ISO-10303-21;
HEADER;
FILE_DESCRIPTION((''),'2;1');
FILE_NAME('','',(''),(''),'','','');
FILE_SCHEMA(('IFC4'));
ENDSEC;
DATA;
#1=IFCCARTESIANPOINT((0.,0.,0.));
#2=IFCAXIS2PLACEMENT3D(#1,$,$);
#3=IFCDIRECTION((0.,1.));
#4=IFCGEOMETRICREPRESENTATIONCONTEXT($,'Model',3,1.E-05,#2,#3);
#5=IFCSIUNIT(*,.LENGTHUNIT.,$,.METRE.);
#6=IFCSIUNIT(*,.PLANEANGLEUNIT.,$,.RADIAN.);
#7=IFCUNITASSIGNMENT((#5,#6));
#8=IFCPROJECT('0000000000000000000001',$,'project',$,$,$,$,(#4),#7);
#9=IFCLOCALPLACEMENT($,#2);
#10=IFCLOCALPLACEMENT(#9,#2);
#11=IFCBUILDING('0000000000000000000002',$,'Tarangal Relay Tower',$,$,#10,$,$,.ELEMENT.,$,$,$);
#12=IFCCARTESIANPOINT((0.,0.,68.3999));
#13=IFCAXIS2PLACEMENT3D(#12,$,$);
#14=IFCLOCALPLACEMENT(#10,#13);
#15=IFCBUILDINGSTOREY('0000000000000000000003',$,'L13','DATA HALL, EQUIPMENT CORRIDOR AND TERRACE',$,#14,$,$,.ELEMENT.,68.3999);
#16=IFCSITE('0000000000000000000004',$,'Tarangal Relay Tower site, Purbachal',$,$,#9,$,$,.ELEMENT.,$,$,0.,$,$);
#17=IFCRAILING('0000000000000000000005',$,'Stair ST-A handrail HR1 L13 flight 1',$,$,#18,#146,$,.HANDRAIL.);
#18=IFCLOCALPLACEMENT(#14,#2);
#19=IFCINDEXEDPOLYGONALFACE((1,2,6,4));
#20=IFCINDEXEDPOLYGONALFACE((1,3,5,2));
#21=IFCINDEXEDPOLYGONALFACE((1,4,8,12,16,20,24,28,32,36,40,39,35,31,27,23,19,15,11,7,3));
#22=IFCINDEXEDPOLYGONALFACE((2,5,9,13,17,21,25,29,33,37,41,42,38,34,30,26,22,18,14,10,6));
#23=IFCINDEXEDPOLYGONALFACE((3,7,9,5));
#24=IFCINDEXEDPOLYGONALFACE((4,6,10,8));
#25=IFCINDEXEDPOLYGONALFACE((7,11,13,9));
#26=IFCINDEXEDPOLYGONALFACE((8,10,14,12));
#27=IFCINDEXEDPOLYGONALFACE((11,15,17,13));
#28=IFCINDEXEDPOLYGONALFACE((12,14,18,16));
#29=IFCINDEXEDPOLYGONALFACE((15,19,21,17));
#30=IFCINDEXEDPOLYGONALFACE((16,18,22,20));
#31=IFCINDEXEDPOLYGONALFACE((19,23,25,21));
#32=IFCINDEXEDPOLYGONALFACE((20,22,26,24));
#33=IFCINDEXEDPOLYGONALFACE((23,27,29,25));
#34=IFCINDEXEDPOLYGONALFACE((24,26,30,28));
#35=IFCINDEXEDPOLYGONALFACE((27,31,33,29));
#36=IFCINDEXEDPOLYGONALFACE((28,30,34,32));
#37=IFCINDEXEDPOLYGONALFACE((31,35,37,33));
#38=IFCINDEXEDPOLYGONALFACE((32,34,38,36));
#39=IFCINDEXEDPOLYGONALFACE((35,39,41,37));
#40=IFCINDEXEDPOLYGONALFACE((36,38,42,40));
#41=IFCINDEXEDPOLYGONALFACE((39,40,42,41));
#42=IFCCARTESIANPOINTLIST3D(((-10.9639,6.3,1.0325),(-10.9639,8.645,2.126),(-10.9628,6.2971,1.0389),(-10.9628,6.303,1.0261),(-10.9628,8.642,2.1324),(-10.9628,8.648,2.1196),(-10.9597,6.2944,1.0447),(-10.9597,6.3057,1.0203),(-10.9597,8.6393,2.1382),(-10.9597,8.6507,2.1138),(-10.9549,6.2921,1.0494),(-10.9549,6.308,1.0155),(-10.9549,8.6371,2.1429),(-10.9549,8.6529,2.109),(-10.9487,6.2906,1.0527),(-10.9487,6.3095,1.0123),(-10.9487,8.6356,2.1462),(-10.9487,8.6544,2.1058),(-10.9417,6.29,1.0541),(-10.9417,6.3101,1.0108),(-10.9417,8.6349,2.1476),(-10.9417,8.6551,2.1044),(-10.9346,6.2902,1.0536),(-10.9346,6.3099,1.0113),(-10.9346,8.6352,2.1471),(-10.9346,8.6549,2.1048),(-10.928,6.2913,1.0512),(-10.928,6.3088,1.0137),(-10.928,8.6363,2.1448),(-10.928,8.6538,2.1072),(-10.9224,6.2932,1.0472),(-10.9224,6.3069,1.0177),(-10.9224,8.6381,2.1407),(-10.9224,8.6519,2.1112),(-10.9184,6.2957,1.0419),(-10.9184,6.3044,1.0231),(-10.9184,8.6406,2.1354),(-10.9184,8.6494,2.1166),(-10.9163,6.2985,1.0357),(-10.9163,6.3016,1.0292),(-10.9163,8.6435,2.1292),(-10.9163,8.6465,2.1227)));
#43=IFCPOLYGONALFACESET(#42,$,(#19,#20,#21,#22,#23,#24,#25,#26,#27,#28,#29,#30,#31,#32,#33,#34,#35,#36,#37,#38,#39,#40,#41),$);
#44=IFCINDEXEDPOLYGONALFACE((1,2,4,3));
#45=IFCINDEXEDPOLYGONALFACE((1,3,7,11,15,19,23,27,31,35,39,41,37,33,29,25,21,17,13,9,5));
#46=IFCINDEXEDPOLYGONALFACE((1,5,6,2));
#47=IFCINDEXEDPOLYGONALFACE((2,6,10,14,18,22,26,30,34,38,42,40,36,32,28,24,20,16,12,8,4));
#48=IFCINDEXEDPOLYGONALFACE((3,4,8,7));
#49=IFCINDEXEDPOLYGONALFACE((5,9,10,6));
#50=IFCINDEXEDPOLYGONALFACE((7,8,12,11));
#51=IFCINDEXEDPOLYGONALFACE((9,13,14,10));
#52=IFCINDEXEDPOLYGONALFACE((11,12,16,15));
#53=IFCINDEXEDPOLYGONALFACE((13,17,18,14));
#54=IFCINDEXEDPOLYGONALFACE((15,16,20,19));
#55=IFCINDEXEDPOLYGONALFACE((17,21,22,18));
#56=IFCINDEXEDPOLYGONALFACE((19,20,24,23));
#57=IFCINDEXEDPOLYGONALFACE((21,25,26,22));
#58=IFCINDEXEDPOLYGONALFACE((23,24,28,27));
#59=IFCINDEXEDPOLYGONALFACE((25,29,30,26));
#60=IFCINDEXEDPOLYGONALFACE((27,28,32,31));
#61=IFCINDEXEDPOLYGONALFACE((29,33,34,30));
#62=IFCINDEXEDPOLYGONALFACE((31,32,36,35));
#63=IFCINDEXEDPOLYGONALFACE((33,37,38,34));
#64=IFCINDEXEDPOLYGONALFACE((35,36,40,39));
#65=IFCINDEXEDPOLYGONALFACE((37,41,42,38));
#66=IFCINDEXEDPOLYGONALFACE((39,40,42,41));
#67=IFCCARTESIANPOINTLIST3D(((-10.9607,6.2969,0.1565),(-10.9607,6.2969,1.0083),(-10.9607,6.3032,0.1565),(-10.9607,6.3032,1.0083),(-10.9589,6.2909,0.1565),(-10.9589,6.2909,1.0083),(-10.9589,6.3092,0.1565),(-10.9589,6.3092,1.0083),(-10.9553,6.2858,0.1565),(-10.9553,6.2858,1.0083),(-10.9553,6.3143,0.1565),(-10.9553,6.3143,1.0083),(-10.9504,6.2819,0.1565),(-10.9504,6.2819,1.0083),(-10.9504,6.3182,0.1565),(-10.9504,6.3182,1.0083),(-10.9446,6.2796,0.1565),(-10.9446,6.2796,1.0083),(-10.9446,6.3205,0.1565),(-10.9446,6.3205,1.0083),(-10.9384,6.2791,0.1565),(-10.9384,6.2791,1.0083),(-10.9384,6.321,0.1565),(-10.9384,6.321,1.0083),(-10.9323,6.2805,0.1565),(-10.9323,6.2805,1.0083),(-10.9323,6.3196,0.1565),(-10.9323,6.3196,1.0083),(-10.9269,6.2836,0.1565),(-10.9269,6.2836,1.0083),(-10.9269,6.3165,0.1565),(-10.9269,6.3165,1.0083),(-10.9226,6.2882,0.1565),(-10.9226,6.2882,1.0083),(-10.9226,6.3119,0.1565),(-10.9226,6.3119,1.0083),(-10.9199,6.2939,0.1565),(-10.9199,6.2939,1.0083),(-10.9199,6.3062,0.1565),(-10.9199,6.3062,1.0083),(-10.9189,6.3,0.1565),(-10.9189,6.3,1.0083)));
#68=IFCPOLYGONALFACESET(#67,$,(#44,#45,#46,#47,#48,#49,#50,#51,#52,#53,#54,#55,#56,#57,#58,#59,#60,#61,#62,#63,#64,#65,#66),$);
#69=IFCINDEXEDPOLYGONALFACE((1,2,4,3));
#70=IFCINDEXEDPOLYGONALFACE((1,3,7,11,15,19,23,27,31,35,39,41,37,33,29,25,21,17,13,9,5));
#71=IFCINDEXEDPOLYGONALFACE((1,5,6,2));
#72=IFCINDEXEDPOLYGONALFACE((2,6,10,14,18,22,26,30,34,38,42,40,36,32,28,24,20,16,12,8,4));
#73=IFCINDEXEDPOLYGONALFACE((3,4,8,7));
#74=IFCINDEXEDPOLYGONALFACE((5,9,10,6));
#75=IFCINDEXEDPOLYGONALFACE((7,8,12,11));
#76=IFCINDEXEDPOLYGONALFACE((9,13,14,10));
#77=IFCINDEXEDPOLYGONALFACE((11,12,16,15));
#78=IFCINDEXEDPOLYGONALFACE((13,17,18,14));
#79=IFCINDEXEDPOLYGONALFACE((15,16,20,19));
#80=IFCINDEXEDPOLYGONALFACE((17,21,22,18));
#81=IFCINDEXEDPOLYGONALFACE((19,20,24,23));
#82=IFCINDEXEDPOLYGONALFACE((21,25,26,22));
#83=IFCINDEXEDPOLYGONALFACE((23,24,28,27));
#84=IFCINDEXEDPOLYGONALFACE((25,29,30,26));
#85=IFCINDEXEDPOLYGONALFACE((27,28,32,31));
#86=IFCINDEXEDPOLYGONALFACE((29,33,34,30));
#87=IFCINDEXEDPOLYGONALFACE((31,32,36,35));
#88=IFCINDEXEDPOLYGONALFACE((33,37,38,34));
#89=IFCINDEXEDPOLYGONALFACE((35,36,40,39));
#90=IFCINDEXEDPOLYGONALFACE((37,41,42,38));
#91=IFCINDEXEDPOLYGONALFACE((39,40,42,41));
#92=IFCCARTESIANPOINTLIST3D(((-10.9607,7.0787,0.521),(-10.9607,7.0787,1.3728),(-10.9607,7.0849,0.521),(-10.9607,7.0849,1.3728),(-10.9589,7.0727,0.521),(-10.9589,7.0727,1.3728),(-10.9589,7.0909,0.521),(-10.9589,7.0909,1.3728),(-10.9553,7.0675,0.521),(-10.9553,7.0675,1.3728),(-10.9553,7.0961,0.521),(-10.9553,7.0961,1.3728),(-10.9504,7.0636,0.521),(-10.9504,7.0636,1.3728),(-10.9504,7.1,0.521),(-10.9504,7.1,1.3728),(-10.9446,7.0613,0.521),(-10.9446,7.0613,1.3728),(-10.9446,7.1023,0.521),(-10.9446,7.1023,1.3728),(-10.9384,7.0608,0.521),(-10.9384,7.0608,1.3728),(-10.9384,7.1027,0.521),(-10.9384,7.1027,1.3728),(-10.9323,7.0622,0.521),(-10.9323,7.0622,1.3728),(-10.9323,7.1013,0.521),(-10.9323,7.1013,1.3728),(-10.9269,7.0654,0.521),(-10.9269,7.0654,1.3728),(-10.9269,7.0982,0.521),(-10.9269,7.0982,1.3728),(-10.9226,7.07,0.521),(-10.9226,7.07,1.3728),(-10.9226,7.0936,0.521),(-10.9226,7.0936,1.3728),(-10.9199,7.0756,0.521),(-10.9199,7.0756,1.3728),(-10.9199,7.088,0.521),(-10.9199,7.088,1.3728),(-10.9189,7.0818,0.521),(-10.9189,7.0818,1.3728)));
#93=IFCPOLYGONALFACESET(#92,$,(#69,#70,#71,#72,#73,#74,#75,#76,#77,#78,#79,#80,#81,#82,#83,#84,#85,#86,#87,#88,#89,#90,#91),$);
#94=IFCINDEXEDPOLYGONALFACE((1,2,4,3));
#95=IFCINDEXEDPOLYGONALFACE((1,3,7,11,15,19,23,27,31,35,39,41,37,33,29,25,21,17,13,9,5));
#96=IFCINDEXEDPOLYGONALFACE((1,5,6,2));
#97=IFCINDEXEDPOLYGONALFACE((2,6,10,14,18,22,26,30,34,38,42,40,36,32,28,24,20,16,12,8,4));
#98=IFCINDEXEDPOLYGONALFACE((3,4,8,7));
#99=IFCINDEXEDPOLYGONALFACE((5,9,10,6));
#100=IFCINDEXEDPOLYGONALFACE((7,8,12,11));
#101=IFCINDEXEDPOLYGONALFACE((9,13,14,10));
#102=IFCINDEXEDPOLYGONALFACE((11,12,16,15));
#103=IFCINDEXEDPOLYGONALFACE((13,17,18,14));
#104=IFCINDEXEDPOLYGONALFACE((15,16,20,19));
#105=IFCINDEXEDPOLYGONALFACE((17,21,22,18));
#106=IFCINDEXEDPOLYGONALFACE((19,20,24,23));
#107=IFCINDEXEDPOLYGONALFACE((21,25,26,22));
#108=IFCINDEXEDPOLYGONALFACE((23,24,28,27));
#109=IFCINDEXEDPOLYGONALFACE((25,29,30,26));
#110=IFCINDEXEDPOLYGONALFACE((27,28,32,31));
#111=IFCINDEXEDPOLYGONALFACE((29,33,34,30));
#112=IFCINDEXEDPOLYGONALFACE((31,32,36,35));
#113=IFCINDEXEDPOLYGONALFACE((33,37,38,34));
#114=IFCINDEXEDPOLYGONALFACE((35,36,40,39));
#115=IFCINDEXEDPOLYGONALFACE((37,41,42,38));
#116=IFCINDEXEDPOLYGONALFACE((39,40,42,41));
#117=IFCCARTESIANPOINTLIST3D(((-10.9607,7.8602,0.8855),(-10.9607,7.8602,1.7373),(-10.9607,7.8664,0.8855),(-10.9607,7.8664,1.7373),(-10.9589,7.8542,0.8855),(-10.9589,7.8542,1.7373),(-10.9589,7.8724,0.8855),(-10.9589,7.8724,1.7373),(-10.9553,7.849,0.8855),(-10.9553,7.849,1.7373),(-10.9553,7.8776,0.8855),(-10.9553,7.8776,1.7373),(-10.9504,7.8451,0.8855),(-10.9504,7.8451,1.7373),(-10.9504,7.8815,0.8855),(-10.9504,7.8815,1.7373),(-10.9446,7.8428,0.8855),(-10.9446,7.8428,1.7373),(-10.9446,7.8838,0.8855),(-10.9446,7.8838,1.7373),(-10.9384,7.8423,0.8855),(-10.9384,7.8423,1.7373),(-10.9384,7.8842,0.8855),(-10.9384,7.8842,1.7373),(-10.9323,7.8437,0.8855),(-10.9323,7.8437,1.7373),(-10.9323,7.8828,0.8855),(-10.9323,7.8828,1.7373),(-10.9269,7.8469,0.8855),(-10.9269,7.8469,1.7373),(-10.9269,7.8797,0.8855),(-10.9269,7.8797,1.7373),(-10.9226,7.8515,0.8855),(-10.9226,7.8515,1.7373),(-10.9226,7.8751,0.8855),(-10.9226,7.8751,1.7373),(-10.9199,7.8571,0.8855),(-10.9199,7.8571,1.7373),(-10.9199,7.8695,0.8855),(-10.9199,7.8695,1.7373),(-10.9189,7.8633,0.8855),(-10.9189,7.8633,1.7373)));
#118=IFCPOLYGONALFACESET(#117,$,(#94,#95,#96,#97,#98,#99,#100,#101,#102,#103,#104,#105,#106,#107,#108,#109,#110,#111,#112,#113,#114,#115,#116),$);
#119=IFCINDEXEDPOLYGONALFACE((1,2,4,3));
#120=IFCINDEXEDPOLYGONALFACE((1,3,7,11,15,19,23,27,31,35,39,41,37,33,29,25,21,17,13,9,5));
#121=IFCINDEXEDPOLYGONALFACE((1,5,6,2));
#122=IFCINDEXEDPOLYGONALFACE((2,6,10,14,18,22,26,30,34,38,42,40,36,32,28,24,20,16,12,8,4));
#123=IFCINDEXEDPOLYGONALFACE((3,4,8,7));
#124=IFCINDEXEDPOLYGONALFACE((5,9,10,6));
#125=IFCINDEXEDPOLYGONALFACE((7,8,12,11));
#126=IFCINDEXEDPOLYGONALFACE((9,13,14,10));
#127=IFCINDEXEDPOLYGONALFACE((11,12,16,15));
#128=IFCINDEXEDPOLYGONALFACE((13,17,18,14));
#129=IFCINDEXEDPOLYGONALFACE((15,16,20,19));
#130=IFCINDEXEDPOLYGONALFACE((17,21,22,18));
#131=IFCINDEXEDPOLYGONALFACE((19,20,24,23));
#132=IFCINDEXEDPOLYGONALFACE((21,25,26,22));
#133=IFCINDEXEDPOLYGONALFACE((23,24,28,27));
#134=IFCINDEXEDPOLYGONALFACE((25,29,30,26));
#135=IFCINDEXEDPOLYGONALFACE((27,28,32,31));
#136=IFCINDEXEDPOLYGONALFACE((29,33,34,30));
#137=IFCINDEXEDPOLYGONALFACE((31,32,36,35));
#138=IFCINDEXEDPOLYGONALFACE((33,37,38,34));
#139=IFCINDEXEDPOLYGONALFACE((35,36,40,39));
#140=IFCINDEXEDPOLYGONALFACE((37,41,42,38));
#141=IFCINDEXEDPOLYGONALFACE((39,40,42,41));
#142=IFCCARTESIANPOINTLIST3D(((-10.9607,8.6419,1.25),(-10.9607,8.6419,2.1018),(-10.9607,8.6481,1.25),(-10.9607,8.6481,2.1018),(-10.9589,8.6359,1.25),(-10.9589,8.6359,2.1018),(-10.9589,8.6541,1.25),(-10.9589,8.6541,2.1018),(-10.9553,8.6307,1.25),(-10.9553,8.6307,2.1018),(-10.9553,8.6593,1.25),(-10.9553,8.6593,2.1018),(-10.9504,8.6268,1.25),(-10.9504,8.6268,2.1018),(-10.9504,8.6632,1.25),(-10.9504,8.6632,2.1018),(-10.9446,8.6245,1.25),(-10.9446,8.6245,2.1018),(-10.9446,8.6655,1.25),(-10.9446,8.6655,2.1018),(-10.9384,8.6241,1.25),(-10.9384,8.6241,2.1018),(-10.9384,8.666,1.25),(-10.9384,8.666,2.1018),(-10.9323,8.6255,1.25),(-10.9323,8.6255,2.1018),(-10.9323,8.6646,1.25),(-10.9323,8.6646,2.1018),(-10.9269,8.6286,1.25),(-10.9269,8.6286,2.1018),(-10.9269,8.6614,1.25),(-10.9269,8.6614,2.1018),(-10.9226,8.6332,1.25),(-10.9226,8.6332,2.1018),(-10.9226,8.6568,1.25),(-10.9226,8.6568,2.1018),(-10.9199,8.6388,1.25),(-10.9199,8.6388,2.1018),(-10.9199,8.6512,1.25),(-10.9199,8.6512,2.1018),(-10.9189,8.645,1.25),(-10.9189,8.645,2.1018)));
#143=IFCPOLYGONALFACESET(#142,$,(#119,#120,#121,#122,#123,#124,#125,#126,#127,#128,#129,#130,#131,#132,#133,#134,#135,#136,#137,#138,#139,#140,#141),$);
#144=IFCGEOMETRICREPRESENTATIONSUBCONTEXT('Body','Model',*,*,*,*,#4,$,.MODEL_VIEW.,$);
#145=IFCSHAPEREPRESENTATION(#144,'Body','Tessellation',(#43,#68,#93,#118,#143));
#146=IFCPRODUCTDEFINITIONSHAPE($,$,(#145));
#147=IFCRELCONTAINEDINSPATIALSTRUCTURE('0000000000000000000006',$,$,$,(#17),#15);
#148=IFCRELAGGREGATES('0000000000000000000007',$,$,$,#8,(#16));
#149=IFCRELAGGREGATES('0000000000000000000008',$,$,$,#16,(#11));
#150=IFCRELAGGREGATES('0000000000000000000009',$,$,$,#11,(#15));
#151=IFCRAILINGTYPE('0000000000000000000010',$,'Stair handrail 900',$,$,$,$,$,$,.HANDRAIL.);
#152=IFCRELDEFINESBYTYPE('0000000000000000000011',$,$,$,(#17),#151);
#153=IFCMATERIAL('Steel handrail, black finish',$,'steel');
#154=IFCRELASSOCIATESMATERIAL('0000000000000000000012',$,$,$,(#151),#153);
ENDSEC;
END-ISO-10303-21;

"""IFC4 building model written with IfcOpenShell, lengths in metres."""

from ifc_helpers import new_model, si_unit, direction, frame, origin, origin_2d, place, context, subcontext, project, spatial, circle, extrude, material, type_object, element, save


model = new_model("IFC4")

# Units and contexts
model_context = context("Model", 3, precision=1e-05, world=origin(), true_north=direction((0.0, 1.0)))
body_context = subcontext(model_context, "Body", "Model", "MODEL_VIEW")
ifc_project = project(units=[si_unit("LENGTHUNIT", "METRE"), si_unit("PLANEANGLEUNIT", "RADIAN")], contexts=[model_context])

# Site, building, storey
site_placement = place(None, origin())
site = spatial("IfcSite", under=ifc_project, at=site_placement, Name="Tarangal Relay Tower site, Purbachal", CompositionType="ELEMENT", RefElevation=0.0)
building_placement = place(site_placement, origin())
building = spatial("IfcBuilding", under=site, at=building_placement, Name="Tarangal Relay Tower", CompositionType="ELEMENT")
storey_placement = place(building_placement, frame((0.0, 0.0, 68.3999)))
storey = spatial("IfcBuildingStorey", under=building, at=storey_placement, Name="L13", Description="DATA HALL, EQUIPMENT CORRIDOR AND TERRACE", CompositionType="ELEMENT", Elevation=68.3999)

# Railing
ifc_material_1 = material(Name="Steel handrail, black finish", Category="steel")
railing_type_1 = type_object("IfcRailingType", Name="Stair handrail 900", PredefinedType="HANDRAIL", material=ifc_material_1)
for number, where, name in (
    (1, (-10.9399, 6.3, 0.1565), "Stair ST-A handrail HR1 L13 flight 1"),
):
    element("IfcRailing", number, at=place(storey_placement, frame(where)), inside=storey, type_object=railing_type_1, Name=name, PredefinedType="HANDRAIL", context=body_context, shape_type="SweptSolid", body=[
        extrude(circle(Radius=0.0239, at=origin_2d()), frame((0.0, 0.0, 0.876), z_axis=(0.0, 0.906304, 0.422627), x_axis=(-1.0, 0.0, 0.0)), (0.0, 0.0, 1.0), 2.5874),
        extrude(circle(Radius=0.021, at=origin_2d()), origin(), (0.0, 0.0, 1.0), 0.8518),
        extrude(circle(Radius=0.021, at=origin_2d()), frame((0.0, 0.7817, 0.3645)), (0.0, 0.0, 1.0), 0.8518),
        extrude(circle(Radius=0.021, at=origin_2d()), frame((0.0, 1.5632, 0.729)), (0.0, 0.0, 1.0), 0.8518),
        extrude(circle(Radius=0.021, at=origin_2d()), frame((0.0, 2.345, 1.0935)), (0.0, 0.0, 1.0), 0.8518),
    ])

save(model, "model.ifc")
